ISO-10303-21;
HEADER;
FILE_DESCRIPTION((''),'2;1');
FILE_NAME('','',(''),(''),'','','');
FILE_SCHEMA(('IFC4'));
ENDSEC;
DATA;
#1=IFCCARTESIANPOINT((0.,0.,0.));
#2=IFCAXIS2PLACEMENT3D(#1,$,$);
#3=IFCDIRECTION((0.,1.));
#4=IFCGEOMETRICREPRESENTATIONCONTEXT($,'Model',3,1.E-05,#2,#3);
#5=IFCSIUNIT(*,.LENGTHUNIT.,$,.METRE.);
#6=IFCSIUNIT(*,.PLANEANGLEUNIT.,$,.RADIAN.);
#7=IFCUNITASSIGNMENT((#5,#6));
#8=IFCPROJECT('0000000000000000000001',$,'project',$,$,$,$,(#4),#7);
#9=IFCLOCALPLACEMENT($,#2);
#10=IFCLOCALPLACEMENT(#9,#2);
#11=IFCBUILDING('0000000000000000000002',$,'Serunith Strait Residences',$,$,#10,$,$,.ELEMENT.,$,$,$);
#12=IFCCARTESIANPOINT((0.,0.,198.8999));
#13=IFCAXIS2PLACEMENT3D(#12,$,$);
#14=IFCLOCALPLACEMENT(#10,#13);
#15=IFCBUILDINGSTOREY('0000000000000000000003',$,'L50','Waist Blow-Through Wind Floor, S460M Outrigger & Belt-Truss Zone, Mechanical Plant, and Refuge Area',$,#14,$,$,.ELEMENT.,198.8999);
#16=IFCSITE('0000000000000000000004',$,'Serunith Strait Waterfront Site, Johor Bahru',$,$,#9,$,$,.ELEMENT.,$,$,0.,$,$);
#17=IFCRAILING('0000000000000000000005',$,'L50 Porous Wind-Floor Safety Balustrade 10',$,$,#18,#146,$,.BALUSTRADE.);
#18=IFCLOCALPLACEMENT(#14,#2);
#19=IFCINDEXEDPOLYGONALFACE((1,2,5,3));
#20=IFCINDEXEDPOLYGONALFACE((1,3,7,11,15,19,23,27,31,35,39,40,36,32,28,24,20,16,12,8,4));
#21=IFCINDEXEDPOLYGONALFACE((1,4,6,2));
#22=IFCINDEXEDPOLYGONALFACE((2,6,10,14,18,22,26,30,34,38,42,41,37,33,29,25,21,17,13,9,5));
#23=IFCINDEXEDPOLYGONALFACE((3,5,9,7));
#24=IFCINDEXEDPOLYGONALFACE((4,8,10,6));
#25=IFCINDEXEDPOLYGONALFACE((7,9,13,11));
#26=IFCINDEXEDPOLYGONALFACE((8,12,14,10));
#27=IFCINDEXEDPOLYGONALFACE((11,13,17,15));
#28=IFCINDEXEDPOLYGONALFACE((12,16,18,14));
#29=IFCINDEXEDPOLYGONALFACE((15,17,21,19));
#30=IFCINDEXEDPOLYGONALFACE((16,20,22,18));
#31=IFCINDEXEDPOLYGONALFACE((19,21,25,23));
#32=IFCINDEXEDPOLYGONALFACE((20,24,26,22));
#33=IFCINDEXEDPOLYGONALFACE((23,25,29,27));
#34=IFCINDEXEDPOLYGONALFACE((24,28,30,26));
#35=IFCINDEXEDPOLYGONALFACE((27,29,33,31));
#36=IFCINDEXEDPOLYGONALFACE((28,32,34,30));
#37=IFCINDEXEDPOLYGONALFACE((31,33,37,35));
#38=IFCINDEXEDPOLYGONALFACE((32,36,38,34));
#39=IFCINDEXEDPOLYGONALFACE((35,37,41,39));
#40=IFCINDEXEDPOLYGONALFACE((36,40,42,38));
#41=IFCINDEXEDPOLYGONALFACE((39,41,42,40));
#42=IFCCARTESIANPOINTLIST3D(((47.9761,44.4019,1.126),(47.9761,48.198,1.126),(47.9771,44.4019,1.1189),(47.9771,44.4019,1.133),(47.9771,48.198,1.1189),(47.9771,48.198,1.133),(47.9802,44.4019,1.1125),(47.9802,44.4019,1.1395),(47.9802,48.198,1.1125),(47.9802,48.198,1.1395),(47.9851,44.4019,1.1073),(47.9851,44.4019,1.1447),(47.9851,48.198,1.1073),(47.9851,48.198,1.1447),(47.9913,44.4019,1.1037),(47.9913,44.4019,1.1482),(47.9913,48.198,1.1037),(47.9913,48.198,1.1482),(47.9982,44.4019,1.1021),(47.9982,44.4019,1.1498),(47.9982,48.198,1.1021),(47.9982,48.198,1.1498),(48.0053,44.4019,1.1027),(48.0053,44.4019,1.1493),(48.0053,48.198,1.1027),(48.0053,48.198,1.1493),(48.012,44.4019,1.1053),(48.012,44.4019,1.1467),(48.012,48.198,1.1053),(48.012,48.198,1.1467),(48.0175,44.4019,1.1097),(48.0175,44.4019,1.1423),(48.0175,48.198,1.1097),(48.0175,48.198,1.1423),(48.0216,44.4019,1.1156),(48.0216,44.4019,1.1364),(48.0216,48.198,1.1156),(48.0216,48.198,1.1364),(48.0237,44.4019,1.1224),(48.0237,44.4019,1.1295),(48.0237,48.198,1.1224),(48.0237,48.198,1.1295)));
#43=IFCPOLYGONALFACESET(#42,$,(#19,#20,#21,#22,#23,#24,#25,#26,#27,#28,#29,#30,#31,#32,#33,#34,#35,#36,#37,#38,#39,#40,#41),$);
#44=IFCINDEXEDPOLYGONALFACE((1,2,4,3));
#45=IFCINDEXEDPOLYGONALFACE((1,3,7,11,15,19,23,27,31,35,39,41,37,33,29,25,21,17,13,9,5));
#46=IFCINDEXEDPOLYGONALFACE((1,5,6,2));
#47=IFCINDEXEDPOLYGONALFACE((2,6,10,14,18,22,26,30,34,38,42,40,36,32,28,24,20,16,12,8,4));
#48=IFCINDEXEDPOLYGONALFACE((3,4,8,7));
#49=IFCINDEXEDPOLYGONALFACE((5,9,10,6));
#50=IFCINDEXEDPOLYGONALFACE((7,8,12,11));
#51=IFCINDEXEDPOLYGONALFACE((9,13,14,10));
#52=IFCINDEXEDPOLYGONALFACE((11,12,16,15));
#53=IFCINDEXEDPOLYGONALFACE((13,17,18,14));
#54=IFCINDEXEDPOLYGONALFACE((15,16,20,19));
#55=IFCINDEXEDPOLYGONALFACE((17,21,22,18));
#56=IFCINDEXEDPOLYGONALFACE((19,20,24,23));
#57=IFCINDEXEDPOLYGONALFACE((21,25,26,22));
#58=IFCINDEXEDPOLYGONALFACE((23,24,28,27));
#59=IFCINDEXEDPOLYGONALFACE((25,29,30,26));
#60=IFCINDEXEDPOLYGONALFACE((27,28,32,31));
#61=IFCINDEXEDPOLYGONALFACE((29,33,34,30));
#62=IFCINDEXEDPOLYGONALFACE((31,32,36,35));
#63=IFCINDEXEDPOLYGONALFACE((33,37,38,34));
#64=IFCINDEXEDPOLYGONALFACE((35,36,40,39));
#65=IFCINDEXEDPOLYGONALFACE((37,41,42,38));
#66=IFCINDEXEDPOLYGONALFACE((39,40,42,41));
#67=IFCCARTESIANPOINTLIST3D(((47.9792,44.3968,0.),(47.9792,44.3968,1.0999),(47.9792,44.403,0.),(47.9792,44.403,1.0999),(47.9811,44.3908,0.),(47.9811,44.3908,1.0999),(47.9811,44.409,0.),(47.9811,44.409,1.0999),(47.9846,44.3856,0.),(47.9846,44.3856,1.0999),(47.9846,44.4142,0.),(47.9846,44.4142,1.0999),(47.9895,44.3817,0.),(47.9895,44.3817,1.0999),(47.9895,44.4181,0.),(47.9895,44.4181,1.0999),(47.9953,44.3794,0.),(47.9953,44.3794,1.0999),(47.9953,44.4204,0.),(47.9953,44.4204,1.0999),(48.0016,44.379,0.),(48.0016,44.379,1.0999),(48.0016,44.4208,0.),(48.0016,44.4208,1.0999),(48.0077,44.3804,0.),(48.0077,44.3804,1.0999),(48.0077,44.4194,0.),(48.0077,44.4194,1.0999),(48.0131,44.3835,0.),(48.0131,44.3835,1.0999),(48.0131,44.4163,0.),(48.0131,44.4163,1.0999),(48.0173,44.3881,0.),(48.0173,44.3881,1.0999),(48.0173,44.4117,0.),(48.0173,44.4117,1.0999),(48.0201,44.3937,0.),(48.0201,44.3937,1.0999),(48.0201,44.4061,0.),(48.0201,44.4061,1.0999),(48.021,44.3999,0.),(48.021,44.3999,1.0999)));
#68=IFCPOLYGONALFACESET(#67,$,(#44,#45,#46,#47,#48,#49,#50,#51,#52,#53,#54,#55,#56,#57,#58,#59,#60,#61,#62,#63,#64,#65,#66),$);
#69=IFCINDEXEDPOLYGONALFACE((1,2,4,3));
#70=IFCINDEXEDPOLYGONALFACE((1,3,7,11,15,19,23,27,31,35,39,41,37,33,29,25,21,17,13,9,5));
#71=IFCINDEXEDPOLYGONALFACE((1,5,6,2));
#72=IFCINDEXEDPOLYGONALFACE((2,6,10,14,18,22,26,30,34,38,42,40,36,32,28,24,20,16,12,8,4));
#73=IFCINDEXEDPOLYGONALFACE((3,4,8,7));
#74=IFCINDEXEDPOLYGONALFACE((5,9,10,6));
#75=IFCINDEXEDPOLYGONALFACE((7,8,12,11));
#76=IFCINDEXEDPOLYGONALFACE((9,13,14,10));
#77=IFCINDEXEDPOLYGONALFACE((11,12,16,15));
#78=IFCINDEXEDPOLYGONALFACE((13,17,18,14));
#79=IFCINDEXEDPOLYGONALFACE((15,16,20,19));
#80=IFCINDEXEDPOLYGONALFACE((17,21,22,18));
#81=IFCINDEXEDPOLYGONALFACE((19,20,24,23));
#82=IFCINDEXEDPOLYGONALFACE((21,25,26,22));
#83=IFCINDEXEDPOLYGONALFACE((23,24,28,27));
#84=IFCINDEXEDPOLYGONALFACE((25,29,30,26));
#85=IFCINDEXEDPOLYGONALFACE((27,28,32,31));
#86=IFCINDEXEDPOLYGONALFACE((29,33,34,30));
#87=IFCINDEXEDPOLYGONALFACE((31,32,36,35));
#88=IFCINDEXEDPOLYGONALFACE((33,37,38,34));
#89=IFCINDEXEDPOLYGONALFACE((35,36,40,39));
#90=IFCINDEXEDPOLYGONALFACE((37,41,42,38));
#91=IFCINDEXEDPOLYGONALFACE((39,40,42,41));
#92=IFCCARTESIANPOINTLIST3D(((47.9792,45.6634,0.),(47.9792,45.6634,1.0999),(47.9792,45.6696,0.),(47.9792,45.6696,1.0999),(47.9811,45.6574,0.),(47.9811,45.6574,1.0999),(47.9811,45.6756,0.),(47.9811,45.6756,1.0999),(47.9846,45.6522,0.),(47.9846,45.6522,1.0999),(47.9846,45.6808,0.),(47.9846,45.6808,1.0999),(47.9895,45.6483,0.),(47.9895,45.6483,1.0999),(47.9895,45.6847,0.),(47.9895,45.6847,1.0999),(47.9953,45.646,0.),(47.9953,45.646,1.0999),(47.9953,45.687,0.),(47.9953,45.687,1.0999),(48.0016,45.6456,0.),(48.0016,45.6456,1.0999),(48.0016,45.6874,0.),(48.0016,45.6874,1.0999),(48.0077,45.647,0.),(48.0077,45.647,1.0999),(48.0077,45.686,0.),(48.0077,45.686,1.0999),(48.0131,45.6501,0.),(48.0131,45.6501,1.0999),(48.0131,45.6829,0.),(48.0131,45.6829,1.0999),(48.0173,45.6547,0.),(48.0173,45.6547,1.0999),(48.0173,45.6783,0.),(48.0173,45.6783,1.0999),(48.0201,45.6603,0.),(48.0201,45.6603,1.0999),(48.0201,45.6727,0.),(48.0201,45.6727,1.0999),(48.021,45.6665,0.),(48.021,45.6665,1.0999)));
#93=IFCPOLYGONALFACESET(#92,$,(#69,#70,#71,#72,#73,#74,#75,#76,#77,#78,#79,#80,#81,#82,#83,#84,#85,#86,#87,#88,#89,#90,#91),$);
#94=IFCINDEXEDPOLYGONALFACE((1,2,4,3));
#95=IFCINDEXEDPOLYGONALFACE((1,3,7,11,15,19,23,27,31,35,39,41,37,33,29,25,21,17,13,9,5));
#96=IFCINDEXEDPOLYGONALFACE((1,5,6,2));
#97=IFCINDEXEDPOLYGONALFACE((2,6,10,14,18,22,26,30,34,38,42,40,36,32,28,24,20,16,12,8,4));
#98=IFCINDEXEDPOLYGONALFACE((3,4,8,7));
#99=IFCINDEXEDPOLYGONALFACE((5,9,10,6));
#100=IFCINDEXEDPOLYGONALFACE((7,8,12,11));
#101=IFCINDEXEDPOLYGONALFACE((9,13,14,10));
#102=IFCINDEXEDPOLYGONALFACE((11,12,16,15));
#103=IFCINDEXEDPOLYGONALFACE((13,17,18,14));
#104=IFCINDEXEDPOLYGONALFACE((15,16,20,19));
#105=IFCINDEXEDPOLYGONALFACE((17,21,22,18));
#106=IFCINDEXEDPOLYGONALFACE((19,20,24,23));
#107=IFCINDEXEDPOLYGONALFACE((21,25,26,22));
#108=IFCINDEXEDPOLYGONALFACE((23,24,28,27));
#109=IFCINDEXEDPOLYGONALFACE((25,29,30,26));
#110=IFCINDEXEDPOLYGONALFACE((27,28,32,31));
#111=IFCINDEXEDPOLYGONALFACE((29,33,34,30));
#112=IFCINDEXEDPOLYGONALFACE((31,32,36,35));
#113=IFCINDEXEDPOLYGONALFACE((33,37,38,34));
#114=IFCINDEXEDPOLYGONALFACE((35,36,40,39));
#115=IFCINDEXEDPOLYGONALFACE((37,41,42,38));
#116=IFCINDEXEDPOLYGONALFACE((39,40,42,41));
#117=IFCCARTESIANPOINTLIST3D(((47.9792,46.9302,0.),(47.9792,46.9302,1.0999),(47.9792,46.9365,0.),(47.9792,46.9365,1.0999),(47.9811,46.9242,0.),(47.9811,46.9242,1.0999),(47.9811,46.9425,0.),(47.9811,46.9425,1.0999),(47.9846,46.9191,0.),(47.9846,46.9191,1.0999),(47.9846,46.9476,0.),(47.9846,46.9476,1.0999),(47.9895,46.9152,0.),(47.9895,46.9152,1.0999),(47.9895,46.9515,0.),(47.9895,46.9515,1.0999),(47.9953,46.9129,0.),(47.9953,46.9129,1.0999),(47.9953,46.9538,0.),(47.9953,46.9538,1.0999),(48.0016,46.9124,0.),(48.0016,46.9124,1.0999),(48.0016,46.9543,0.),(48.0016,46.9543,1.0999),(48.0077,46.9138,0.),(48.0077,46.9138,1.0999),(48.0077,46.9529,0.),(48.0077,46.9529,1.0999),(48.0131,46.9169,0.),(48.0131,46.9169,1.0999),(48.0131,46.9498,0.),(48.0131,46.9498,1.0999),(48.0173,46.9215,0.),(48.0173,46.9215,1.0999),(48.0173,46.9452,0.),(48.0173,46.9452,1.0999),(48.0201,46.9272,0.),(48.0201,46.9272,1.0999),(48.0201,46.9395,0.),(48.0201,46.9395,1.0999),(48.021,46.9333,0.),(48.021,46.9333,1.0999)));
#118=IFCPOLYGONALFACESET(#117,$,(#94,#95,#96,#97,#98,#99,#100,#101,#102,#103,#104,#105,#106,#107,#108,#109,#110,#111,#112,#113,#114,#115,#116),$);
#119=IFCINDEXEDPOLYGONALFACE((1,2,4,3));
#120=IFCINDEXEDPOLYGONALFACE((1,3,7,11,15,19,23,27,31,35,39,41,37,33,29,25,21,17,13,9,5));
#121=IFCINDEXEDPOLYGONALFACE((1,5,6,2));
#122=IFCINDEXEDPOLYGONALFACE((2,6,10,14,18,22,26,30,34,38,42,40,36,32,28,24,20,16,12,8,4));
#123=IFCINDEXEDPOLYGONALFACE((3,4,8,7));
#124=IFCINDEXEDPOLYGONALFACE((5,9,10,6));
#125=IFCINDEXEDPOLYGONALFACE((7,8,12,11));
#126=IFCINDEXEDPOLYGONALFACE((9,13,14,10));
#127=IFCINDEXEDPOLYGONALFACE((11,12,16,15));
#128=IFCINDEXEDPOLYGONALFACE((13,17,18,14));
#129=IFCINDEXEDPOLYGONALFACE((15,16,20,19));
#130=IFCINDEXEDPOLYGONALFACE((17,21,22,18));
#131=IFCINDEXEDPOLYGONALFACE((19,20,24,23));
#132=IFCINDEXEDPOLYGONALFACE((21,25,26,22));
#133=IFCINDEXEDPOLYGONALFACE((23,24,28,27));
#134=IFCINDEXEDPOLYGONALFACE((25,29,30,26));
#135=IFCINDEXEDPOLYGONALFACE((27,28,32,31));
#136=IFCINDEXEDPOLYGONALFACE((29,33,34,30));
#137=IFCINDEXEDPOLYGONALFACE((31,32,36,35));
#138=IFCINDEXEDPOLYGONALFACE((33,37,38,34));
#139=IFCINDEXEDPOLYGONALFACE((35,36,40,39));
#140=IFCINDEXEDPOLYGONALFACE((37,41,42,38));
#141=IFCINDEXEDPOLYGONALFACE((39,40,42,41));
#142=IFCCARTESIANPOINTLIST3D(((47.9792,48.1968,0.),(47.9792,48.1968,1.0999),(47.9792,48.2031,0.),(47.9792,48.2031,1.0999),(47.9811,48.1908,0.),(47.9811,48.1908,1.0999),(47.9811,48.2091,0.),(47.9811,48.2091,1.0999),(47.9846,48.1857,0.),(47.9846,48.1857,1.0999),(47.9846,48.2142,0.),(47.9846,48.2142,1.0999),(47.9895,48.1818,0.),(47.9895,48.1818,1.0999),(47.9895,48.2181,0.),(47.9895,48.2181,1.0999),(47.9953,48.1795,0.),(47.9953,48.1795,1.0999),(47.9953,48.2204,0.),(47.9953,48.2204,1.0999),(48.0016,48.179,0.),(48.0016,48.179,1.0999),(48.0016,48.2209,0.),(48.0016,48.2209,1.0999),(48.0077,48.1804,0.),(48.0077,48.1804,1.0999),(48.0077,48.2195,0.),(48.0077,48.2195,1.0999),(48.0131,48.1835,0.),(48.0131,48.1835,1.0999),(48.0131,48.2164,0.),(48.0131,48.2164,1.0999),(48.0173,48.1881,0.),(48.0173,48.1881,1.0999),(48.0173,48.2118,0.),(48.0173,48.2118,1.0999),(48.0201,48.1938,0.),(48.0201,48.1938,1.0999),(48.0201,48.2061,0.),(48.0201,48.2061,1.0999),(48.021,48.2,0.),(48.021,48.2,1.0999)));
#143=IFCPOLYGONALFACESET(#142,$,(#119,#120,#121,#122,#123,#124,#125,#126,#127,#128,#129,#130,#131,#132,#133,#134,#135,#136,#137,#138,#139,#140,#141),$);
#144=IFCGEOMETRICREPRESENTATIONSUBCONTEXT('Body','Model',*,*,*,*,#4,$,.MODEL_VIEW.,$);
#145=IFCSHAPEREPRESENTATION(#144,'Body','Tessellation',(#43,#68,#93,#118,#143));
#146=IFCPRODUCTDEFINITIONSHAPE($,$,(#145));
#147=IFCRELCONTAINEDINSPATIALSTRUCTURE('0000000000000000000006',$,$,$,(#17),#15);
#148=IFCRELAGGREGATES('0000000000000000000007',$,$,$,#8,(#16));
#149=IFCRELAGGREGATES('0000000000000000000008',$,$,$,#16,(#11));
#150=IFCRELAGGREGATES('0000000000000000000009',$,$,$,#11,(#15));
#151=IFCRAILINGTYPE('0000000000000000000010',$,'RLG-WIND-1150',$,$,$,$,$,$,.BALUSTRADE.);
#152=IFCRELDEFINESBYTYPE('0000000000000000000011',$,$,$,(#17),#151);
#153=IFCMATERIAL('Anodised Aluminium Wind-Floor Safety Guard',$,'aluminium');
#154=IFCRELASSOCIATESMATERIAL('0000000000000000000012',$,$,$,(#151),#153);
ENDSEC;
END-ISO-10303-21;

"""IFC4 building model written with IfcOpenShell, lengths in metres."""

from ifc_helpers import new_model, si_unit, direction, frame, origin, origin_2d, place, context, subcontext, project, spatial, circle, extrude, material, type_object, element, save


model = new_model("IFC4")

# Units and contexts
model_context = context("Model", 3, precision=1e-05, world=origin(), true_north=direction((0.0, 1.0)))
body_context = subcontext(model_context, "Body", "Model", "MODEL_VIEW")
ifc_project = project(units=[si_unit("LENGTHUNIT", "METRE"), si_unit("PLANEANGLEUNIT", "RADIAN")], contexts=[model_context])

# Site, building, storey
site_placement = place(None, origin())
site = spatial("IfcSite", under=ifc_project, at=site_placement, Name="Serunith Strait Waterfront Site, Johor Bahru", CompositionType="ELEMENT", RefElevation=0.0)
building_placement = place(site_placement, origin())
building = spatial("IfcBuilding", under=site, at=building_placement, Name="Serunith Strait Residences", CompositionType="ELEMENT")
storey_placement = place(building_placement, frame((0.0, 0.0, 198.8999)))
storey = spatial("IfcBuildingStorey", under=building, at=storey_placement, Name="L50", Description="Waist Blow-Through Wind Floor, S460M Outrigger & Belt-Truss Zone, Mechanical Plant, and Refuge Area", CompositionType="ELEMENT", Elevation=198.8999)

# Railing
ifc_material_1 = material(Name="Anodised Aluminium Wind-Floor Safety Guard", Category="aluminium")
railing_type = type_object("IfcRailingType", Name="RLG-WIND-1150", PredefinedType="BALUSTRADE", material=ifc_material_1)
railing_1_placement = place(storey_placement, frame((48.0, 44.3999, 0.0)))
element("IfcRailing", 1, at=railing_1_placement, inside=storey, type_object=railing_type, Name="L50 Porous Wind-Floor Safety Balustrade 10", PredefinedType="BALUSTRADE", context=body_context, shape_type="SweptSolid", body=[
    extrude(circle(Radius=0.0239, at=origin_2d()), frame((0.0, 0.002, 1.126), z_axis=(0.0, 1.0, 0.0), x_axis=(-1.0, 0.0, 0.0)), (0.0, 0.0, 1.0), 3.7961),
    extrude(circle(Radius=0.021, at=origin_2d()), origin(), (0.0, 0.0, 1.0), 1.0999),
    extrude(circle(Radius=0.021, at=origin_2d()), frame((0.0, 1.2666, 0.0)), (0.0, 0.0, 1.0), 1.0999),
    extrude(circle(Radius=0.021, at=origin_2d()), frame((0.0, 2.5334, 0.0)), (0.0, 0.0, 1.0), 1.0999),
    extrude(circle(Radius=0.021, at=origin_2d()), frame((0.0, 3.8, 0.0)), (0.0, 0.0, 1.0), 1.0999),
])

save(model, "model.ifc")
